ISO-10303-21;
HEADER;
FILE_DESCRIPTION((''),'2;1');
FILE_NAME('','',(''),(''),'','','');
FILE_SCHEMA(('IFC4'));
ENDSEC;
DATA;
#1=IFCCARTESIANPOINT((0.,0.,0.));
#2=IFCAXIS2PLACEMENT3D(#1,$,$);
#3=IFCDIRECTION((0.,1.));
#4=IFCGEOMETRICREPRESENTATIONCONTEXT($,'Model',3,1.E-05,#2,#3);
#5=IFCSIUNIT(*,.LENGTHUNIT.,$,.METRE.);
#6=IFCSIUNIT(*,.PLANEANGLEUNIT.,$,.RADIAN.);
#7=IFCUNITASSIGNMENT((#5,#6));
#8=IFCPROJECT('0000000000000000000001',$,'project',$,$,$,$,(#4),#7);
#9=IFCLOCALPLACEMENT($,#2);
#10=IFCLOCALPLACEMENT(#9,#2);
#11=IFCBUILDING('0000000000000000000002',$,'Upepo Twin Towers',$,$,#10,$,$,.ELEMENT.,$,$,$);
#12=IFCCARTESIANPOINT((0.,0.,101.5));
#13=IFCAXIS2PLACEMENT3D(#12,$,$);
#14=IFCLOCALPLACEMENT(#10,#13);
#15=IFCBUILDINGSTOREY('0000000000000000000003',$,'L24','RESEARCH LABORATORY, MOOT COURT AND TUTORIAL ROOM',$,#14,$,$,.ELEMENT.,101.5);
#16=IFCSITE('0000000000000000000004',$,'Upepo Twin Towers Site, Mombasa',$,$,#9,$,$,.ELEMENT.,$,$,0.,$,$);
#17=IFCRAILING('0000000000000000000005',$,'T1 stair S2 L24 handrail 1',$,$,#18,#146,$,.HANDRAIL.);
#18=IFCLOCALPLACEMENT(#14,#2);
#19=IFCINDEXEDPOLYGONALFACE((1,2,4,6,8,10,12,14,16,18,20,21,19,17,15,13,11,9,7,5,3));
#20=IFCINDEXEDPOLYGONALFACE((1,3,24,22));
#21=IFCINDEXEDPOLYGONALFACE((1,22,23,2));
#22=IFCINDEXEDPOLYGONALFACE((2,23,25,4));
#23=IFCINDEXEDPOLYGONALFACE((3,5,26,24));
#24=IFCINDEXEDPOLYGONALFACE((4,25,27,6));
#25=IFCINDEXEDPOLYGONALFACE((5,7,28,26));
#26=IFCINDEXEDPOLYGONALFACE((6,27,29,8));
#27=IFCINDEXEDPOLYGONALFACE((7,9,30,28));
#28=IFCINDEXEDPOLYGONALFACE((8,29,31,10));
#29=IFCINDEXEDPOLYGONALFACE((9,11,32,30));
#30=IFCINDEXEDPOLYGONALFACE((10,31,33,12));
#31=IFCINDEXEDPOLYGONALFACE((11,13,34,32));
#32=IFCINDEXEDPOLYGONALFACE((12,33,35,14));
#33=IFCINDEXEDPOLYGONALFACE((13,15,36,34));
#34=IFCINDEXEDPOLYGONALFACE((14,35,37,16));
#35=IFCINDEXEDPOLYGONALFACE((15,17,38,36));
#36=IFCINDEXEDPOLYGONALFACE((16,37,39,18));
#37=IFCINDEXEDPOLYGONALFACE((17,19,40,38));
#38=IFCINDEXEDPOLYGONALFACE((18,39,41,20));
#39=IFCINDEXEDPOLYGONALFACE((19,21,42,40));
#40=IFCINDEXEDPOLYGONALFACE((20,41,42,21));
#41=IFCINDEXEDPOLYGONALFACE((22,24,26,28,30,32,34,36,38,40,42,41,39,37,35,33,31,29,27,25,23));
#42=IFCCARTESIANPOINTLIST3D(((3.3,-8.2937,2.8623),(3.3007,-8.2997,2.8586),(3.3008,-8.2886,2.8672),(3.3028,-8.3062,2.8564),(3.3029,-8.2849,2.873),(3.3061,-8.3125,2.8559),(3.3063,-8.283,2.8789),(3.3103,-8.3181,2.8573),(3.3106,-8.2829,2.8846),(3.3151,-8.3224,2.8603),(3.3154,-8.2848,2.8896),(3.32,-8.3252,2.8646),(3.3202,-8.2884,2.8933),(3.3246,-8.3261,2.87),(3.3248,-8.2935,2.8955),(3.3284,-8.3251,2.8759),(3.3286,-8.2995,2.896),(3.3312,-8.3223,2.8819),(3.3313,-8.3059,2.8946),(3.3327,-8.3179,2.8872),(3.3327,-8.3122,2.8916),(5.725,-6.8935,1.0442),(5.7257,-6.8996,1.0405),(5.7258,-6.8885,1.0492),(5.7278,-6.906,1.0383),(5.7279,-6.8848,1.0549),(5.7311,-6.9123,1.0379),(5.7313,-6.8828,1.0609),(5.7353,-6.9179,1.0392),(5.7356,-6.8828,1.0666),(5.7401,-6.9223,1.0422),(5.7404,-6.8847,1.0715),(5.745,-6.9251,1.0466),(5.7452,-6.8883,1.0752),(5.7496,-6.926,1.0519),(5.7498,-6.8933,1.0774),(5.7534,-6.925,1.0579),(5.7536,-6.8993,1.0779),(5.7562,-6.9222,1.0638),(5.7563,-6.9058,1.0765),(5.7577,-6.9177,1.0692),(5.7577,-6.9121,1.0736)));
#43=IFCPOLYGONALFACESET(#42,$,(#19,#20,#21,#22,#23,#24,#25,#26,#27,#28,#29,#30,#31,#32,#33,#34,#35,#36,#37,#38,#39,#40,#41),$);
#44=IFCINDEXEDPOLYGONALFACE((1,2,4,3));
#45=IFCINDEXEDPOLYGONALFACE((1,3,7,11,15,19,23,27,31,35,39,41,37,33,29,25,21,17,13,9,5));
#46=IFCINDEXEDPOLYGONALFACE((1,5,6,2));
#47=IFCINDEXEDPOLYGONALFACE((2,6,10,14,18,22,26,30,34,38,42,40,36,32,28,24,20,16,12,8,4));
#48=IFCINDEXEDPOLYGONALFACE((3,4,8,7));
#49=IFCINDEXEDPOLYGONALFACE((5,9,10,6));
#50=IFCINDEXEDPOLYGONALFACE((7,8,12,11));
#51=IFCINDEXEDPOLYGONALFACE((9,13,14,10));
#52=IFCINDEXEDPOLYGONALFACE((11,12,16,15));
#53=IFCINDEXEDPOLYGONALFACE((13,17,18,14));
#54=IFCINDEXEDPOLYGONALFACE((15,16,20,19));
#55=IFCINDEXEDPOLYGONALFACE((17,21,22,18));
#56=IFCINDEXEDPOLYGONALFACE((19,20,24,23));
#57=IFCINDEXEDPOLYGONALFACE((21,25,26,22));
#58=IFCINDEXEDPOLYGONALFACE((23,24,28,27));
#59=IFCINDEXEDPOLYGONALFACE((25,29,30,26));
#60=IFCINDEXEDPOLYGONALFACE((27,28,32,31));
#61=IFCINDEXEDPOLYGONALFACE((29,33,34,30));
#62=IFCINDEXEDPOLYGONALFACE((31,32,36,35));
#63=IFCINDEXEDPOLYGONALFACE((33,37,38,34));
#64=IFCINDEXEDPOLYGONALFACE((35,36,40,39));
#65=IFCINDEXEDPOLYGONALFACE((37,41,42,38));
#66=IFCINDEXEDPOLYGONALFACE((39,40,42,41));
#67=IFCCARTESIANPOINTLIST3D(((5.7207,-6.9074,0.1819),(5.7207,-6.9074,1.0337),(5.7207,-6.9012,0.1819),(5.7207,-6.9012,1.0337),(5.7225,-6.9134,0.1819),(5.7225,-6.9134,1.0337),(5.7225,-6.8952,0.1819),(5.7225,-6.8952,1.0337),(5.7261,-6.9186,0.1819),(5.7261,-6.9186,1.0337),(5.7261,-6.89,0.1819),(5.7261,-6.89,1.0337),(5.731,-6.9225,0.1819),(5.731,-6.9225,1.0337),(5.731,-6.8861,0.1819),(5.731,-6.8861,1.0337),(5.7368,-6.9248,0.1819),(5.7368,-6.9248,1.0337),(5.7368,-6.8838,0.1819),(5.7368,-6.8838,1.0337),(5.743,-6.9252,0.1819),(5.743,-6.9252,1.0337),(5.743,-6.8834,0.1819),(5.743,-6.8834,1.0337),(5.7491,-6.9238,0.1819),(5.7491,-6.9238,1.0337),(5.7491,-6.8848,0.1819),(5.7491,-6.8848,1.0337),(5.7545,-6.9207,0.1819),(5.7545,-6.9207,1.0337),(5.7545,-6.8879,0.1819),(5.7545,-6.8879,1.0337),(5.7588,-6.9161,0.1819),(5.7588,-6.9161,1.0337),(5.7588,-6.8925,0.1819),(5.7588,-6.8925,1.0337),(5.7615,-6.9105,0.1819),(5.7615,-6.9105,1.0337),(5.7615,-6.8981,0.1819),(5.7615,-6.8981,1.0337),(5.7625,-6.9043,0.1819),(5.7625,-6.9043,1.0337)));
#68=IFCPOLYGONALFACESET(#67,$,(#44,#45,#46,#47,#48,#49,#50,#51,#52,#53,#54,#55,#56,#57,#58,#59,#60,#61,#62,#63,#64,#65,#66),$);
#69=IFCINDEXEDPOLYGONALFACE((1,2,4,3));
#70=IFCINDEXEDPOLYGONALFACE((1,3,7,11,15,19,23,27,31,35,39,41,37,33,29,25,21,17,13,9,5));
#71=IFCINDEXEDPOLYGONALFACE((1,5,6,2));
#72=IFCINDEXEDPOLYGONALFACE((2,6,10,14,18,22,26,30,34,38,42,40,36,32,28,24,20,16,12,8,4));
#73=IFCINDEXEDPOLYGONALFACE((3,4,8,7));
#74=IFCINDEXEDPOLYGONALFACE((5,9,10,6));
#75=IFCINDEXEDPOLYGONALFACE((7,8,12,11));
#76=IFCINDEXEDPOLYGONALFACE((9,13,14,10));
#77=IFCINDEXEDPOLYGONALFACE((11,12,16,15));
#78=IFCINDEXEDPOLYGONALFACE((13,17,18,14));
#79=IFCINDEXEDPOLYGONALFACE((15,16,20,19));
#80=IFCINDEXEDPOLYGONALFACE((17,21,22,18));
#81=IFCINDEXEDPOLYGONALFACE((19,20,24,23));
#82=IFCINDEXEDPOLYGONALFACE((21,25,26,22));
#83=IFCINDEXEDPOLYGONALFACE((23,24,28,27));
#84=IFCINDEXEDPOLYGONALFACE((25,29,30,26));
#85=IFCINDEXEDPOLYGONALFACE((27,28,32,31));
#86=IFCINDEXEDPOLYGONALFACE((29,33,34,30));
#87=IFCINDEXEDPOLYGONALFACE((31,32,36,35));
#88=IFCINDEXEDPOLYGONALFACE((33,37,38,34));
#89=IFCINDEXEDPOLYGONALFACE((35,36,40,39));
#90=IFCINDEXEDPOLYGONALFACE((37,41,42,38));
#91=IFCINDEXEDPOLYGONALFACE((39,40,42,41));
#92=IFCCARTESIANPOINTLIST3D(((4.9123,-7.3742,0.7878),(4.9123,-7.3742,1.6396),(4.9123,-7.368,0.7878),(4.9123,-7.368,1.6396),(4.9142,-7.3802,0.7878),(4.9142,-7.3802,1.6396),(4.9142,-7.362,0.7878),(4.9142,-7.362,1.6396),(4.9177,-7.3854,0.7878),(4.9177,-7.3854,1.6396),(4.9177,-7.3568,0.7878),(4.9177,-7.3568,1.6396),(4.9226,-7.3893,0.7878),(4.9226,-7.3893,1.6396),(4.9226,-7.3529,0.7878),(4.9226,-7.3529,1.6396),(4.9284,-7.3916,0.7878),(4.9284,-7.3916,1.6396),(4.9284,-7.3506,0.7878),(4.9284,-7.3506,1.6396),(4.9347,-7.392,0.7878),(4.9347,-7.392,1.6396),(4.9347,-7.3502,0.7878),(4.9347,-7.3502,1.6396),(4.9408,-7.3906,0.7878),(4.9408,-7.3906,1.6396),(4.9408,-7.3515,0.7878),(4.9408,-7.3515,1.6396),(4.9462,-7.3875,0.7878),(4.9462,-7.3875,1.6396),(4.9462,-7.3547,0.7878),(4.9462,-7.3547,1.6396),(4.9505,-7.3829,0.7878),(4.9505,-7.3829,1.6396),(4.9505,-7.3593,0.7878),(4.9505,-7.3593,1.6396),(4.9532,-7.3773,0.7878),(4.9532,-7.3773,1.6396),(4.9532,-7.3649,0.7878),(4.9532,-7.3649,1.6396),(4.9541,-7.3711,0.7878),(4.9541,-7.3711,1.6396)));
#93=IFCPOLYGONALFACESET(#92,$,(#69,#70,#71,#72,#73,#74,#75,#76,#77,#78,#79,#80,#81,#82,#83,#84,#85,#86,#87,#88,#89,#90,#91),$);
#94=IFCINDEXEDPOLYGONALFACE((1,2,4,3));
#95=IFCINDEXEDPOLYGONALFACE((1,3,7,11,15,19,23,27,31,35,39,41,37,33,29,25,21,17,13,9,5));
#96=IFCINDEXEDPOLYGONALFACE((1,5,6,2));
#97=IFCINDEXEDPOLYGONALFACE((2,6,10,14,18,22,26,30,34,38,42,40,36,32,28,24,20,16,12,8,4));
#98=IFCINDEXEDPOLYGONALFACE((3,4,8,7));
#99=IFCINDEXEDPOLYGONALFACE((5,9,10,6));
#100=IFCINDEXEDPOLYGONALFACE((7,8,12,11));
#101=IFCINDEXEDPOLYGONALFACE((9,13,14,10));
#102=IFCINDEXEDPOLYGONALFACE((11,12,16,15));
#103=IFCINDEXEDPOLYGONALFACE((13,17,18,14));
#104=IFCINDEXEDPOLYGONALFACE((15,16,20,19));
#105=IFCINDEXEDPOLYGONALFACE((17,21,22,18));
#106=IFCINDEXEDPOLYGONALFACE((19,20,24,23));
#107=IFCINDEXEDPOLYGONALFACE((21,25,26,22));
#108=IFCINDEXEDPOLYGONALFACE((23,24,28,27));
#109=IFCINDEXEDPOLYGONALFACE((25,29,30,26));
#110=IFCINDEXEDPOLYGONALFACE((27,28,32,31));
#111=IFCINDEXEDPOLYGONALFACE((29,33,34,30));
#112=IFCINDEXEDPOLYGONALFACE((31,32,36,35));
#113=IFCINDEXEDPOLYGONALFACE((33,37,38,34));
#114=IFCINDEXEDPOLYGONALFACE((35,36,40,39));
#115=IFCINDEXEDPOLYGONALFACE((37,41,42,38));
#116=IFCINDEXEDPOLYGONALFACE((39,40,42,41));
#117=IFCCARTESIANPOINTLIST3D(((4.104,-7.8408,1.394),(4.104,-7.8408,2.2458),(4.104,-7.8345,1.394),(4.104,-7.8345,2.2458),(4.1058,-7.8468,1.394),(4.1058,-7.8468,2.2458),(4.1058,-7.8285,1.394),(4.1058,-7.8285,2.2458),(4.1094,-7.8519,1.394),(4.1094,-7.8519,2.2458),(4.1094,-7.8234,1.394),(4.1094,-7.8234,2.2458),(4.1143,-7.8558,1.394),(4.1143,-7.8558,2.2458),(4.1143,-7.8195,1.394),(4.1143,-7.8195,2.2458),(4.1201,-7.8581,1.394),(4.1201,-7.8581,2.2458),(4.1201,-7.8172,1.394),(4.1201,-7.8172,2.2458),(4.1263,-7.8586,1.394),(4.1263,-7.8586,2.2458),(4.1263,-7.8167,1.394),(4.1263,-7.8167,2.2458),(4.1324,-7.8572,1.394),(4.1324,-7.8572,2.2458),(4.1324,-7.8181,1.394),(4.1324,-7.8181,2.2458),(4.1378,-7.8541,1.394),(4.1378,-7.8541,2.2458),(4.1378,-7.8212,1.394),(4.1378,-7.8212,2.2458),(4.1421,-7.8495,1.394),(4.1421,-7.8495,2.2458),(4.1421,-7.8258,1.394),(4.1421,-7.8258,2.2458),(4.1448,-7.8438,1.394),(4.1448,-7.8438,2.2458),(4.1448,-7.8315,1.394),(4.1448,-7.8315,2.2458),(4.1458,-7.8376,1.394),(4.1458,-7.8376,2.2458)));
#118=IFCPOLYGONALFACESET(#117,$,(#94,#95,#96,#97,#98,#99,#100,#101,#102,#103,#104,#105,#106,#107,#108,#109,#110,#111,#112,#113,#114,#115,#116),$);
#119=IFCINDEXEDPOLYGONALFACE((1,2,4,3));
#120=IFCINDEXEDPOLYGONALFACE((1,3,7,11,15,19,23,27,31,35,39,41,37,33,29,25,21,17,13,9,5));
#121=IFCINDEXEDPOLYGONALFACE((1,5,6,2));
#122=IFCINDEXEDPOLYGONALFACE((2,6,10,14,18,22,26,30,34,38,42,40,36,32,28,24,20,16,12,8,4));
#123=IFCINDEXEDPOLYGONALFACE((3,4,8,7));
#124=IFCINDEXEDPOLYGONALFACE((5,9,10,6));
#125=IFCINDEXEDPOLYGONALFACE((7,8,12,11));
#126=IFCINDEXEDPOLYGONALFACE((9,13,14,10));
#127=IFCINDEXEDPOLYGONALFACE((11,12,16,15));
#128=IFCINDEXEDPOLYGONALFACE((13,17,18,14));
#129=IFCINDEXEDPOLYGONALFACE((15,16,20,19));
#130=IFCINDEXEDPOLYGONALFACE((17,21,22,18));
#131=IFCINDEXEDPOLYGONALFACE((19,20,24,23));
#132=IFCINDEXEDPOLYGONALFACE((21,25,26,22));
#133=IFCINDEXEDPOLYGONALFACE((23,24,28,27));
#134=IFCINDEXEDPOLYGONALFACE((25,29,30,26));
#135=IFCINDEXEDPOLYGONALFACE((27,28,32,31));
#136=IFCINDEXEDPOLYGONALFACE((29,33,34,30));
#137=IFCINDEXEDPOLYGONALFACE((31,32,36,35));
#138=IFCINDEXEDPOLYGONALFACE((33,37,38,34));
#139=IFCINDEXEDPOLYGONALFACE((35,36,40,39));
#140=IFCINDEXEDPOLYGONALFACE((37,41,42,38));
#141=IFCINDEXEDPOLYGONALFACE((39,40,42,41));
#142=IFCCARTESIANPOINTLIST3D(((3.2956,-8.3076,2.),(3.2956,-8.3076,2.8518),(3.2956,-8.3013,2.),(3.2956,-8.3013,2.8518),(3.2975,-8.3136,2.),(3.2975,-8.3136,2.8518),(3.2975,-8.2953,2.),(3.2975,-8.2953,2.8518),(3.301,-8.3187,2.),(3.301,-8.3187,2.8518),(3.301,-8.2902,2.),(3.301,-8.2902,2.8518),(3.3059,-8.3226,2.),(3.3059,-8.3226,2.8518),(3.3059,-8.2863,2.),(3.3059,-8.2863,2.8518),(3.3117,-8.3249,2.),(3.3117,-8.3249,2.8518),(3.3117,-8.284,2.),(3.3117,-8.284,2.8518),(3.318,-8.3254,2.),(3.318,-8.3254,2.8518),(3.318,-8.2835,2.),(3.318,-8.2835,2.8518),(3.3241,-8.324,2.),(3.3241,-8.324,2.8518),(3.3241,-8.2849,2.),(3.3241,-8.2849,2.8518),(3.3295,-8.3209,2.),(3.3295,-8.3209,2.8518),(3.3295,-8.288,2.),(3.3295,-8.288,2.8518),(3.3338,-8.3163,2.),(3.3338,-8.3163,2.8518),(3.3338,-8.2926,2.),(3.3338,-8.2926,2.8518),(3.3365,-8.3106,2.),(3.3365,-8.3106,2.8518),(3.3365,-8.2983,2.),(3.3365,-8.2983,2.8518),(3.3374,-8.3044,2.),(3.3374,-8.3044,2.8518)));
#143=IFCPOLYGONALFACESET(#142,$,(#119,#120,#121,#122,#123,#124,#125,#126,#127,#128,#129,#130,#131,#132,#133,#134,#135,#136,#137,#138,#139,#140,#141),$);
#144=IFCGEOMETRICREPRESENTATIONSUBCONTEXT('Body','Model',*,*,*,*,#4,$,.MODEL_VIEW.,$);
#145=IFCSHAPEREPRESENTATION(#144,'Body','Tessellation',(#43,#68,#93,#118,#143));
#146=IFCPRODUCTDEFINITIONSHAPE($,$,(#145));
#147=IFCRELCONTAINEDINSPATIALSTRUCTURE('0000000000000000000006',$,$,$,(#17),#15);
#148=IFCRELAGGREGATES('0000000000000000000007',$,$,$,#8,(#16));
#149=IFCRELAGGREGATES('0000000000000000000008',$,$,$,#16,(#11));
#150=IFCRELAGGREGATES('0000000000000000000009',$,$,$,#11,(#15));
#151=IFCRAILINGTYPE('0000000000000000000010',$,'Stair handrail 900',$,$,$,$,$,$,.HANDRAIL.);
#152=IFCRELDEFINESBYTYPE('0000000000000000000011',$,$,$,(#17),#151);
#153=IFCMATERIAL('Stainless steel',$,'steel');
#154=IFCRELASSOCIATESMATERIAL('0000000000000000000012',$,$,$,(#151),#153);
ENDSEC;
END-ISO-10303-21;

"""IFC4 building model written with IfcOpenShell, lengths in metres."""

from ifc_helpers import new_model, si_unit, direction, frame, origin, origin_2d, place, context, subcontext, project, spatial, circle, extrude, material, type_object, element, save


model = new_model("IFC4")

# Units and contexts
model_context = context("Model", 3, precision=1e-05, world=origin(), true_north=direction((0.0, 1.0)))
body_context = subcontext(model_context, "Body", "Model", "MODEL_VIEW")
ifc_project = project(units=[si_unit("LENGTHUNIT", "METRE"), si_unit("PLANEANGLEUNIT", "RADIAN")], contexts=[model_context])

# Site, building, storey
site_placement = place(None, origin())
site = spatial("IfcSite", under=ifc_project, at=site_placement, Name="Upepo Twin Towers Site, Mombasa", CompositionType="ELEMENT", RefElevation=0.0)
building_placement = place(site_placement, origin())
building = spatial("IfcBuilding", under=site, at=building_placement, Name="Upepo Twin Towers", CompositionType="ELEMENT")
storey_placement = place(building_placement, frame((0.0, 0.0, 101.5)))
storey = spatial("IfcBuildingStorey", under=building, at=storey_placement, Name="L24", Description="RESEARCH LABORATORY, MOOT COURT AND TUTORIAL ROOM", CompositionType="ELEMENT", Elevation=101.5)

# Railing
ifc_material_1 = material(Name="Stainless steel", Category="steel")
railing_type = type_object("IfcRailingType", Name="Stair handrail 900", PredefinedType="HANDRAIL", material=ifc_material_1)
railing_1_placement = place(storey_placement, frame((5.7415, -6.9043, 0.1819)))
element("IfcRailing", 1, at=railing_1_placement, inside=storey, type_object=railing_type, Name="T1 stair S2 L24 handrail 1", PredefinedType="HANDRAIL", context=body_context, shape_type="SweptSolid", body=[
    extrude(circle(Radius=0.0239, at=origin_2d()), frame((0.0, 0.0, 0.876), z_axis=(-0.726349, -0.419371, 0.54456), x_axis=(0.500012, -0.866019, 0.0)), (0.0, 0.0, 1.0), 3.3386),
    extrude(circle(Radius=0.021, at=origin_2d()), origin(), (0.0, 0.0, 1.0), 0.8518),
    extrude(circle(Radius=0.021, at=origin_2d()), frame((-0.8083, -0.4668, 0.606)), (0.0, 0.0, 1.0), 0.8518),
    extrude(circle(Radius=0.021, at=origin_2d()), frame((-1.6167, -0.9333, 1.2122)), (0.0, 0.0, 1.0), 0.8518),
    extrude(circle(Radius=0.021, at=origin_2d()), frame((-2.425, -1.4001, 1.8181)), (0.0, 0.0, 1.0), 0.8518),
])

save(model, "model.ifc")
